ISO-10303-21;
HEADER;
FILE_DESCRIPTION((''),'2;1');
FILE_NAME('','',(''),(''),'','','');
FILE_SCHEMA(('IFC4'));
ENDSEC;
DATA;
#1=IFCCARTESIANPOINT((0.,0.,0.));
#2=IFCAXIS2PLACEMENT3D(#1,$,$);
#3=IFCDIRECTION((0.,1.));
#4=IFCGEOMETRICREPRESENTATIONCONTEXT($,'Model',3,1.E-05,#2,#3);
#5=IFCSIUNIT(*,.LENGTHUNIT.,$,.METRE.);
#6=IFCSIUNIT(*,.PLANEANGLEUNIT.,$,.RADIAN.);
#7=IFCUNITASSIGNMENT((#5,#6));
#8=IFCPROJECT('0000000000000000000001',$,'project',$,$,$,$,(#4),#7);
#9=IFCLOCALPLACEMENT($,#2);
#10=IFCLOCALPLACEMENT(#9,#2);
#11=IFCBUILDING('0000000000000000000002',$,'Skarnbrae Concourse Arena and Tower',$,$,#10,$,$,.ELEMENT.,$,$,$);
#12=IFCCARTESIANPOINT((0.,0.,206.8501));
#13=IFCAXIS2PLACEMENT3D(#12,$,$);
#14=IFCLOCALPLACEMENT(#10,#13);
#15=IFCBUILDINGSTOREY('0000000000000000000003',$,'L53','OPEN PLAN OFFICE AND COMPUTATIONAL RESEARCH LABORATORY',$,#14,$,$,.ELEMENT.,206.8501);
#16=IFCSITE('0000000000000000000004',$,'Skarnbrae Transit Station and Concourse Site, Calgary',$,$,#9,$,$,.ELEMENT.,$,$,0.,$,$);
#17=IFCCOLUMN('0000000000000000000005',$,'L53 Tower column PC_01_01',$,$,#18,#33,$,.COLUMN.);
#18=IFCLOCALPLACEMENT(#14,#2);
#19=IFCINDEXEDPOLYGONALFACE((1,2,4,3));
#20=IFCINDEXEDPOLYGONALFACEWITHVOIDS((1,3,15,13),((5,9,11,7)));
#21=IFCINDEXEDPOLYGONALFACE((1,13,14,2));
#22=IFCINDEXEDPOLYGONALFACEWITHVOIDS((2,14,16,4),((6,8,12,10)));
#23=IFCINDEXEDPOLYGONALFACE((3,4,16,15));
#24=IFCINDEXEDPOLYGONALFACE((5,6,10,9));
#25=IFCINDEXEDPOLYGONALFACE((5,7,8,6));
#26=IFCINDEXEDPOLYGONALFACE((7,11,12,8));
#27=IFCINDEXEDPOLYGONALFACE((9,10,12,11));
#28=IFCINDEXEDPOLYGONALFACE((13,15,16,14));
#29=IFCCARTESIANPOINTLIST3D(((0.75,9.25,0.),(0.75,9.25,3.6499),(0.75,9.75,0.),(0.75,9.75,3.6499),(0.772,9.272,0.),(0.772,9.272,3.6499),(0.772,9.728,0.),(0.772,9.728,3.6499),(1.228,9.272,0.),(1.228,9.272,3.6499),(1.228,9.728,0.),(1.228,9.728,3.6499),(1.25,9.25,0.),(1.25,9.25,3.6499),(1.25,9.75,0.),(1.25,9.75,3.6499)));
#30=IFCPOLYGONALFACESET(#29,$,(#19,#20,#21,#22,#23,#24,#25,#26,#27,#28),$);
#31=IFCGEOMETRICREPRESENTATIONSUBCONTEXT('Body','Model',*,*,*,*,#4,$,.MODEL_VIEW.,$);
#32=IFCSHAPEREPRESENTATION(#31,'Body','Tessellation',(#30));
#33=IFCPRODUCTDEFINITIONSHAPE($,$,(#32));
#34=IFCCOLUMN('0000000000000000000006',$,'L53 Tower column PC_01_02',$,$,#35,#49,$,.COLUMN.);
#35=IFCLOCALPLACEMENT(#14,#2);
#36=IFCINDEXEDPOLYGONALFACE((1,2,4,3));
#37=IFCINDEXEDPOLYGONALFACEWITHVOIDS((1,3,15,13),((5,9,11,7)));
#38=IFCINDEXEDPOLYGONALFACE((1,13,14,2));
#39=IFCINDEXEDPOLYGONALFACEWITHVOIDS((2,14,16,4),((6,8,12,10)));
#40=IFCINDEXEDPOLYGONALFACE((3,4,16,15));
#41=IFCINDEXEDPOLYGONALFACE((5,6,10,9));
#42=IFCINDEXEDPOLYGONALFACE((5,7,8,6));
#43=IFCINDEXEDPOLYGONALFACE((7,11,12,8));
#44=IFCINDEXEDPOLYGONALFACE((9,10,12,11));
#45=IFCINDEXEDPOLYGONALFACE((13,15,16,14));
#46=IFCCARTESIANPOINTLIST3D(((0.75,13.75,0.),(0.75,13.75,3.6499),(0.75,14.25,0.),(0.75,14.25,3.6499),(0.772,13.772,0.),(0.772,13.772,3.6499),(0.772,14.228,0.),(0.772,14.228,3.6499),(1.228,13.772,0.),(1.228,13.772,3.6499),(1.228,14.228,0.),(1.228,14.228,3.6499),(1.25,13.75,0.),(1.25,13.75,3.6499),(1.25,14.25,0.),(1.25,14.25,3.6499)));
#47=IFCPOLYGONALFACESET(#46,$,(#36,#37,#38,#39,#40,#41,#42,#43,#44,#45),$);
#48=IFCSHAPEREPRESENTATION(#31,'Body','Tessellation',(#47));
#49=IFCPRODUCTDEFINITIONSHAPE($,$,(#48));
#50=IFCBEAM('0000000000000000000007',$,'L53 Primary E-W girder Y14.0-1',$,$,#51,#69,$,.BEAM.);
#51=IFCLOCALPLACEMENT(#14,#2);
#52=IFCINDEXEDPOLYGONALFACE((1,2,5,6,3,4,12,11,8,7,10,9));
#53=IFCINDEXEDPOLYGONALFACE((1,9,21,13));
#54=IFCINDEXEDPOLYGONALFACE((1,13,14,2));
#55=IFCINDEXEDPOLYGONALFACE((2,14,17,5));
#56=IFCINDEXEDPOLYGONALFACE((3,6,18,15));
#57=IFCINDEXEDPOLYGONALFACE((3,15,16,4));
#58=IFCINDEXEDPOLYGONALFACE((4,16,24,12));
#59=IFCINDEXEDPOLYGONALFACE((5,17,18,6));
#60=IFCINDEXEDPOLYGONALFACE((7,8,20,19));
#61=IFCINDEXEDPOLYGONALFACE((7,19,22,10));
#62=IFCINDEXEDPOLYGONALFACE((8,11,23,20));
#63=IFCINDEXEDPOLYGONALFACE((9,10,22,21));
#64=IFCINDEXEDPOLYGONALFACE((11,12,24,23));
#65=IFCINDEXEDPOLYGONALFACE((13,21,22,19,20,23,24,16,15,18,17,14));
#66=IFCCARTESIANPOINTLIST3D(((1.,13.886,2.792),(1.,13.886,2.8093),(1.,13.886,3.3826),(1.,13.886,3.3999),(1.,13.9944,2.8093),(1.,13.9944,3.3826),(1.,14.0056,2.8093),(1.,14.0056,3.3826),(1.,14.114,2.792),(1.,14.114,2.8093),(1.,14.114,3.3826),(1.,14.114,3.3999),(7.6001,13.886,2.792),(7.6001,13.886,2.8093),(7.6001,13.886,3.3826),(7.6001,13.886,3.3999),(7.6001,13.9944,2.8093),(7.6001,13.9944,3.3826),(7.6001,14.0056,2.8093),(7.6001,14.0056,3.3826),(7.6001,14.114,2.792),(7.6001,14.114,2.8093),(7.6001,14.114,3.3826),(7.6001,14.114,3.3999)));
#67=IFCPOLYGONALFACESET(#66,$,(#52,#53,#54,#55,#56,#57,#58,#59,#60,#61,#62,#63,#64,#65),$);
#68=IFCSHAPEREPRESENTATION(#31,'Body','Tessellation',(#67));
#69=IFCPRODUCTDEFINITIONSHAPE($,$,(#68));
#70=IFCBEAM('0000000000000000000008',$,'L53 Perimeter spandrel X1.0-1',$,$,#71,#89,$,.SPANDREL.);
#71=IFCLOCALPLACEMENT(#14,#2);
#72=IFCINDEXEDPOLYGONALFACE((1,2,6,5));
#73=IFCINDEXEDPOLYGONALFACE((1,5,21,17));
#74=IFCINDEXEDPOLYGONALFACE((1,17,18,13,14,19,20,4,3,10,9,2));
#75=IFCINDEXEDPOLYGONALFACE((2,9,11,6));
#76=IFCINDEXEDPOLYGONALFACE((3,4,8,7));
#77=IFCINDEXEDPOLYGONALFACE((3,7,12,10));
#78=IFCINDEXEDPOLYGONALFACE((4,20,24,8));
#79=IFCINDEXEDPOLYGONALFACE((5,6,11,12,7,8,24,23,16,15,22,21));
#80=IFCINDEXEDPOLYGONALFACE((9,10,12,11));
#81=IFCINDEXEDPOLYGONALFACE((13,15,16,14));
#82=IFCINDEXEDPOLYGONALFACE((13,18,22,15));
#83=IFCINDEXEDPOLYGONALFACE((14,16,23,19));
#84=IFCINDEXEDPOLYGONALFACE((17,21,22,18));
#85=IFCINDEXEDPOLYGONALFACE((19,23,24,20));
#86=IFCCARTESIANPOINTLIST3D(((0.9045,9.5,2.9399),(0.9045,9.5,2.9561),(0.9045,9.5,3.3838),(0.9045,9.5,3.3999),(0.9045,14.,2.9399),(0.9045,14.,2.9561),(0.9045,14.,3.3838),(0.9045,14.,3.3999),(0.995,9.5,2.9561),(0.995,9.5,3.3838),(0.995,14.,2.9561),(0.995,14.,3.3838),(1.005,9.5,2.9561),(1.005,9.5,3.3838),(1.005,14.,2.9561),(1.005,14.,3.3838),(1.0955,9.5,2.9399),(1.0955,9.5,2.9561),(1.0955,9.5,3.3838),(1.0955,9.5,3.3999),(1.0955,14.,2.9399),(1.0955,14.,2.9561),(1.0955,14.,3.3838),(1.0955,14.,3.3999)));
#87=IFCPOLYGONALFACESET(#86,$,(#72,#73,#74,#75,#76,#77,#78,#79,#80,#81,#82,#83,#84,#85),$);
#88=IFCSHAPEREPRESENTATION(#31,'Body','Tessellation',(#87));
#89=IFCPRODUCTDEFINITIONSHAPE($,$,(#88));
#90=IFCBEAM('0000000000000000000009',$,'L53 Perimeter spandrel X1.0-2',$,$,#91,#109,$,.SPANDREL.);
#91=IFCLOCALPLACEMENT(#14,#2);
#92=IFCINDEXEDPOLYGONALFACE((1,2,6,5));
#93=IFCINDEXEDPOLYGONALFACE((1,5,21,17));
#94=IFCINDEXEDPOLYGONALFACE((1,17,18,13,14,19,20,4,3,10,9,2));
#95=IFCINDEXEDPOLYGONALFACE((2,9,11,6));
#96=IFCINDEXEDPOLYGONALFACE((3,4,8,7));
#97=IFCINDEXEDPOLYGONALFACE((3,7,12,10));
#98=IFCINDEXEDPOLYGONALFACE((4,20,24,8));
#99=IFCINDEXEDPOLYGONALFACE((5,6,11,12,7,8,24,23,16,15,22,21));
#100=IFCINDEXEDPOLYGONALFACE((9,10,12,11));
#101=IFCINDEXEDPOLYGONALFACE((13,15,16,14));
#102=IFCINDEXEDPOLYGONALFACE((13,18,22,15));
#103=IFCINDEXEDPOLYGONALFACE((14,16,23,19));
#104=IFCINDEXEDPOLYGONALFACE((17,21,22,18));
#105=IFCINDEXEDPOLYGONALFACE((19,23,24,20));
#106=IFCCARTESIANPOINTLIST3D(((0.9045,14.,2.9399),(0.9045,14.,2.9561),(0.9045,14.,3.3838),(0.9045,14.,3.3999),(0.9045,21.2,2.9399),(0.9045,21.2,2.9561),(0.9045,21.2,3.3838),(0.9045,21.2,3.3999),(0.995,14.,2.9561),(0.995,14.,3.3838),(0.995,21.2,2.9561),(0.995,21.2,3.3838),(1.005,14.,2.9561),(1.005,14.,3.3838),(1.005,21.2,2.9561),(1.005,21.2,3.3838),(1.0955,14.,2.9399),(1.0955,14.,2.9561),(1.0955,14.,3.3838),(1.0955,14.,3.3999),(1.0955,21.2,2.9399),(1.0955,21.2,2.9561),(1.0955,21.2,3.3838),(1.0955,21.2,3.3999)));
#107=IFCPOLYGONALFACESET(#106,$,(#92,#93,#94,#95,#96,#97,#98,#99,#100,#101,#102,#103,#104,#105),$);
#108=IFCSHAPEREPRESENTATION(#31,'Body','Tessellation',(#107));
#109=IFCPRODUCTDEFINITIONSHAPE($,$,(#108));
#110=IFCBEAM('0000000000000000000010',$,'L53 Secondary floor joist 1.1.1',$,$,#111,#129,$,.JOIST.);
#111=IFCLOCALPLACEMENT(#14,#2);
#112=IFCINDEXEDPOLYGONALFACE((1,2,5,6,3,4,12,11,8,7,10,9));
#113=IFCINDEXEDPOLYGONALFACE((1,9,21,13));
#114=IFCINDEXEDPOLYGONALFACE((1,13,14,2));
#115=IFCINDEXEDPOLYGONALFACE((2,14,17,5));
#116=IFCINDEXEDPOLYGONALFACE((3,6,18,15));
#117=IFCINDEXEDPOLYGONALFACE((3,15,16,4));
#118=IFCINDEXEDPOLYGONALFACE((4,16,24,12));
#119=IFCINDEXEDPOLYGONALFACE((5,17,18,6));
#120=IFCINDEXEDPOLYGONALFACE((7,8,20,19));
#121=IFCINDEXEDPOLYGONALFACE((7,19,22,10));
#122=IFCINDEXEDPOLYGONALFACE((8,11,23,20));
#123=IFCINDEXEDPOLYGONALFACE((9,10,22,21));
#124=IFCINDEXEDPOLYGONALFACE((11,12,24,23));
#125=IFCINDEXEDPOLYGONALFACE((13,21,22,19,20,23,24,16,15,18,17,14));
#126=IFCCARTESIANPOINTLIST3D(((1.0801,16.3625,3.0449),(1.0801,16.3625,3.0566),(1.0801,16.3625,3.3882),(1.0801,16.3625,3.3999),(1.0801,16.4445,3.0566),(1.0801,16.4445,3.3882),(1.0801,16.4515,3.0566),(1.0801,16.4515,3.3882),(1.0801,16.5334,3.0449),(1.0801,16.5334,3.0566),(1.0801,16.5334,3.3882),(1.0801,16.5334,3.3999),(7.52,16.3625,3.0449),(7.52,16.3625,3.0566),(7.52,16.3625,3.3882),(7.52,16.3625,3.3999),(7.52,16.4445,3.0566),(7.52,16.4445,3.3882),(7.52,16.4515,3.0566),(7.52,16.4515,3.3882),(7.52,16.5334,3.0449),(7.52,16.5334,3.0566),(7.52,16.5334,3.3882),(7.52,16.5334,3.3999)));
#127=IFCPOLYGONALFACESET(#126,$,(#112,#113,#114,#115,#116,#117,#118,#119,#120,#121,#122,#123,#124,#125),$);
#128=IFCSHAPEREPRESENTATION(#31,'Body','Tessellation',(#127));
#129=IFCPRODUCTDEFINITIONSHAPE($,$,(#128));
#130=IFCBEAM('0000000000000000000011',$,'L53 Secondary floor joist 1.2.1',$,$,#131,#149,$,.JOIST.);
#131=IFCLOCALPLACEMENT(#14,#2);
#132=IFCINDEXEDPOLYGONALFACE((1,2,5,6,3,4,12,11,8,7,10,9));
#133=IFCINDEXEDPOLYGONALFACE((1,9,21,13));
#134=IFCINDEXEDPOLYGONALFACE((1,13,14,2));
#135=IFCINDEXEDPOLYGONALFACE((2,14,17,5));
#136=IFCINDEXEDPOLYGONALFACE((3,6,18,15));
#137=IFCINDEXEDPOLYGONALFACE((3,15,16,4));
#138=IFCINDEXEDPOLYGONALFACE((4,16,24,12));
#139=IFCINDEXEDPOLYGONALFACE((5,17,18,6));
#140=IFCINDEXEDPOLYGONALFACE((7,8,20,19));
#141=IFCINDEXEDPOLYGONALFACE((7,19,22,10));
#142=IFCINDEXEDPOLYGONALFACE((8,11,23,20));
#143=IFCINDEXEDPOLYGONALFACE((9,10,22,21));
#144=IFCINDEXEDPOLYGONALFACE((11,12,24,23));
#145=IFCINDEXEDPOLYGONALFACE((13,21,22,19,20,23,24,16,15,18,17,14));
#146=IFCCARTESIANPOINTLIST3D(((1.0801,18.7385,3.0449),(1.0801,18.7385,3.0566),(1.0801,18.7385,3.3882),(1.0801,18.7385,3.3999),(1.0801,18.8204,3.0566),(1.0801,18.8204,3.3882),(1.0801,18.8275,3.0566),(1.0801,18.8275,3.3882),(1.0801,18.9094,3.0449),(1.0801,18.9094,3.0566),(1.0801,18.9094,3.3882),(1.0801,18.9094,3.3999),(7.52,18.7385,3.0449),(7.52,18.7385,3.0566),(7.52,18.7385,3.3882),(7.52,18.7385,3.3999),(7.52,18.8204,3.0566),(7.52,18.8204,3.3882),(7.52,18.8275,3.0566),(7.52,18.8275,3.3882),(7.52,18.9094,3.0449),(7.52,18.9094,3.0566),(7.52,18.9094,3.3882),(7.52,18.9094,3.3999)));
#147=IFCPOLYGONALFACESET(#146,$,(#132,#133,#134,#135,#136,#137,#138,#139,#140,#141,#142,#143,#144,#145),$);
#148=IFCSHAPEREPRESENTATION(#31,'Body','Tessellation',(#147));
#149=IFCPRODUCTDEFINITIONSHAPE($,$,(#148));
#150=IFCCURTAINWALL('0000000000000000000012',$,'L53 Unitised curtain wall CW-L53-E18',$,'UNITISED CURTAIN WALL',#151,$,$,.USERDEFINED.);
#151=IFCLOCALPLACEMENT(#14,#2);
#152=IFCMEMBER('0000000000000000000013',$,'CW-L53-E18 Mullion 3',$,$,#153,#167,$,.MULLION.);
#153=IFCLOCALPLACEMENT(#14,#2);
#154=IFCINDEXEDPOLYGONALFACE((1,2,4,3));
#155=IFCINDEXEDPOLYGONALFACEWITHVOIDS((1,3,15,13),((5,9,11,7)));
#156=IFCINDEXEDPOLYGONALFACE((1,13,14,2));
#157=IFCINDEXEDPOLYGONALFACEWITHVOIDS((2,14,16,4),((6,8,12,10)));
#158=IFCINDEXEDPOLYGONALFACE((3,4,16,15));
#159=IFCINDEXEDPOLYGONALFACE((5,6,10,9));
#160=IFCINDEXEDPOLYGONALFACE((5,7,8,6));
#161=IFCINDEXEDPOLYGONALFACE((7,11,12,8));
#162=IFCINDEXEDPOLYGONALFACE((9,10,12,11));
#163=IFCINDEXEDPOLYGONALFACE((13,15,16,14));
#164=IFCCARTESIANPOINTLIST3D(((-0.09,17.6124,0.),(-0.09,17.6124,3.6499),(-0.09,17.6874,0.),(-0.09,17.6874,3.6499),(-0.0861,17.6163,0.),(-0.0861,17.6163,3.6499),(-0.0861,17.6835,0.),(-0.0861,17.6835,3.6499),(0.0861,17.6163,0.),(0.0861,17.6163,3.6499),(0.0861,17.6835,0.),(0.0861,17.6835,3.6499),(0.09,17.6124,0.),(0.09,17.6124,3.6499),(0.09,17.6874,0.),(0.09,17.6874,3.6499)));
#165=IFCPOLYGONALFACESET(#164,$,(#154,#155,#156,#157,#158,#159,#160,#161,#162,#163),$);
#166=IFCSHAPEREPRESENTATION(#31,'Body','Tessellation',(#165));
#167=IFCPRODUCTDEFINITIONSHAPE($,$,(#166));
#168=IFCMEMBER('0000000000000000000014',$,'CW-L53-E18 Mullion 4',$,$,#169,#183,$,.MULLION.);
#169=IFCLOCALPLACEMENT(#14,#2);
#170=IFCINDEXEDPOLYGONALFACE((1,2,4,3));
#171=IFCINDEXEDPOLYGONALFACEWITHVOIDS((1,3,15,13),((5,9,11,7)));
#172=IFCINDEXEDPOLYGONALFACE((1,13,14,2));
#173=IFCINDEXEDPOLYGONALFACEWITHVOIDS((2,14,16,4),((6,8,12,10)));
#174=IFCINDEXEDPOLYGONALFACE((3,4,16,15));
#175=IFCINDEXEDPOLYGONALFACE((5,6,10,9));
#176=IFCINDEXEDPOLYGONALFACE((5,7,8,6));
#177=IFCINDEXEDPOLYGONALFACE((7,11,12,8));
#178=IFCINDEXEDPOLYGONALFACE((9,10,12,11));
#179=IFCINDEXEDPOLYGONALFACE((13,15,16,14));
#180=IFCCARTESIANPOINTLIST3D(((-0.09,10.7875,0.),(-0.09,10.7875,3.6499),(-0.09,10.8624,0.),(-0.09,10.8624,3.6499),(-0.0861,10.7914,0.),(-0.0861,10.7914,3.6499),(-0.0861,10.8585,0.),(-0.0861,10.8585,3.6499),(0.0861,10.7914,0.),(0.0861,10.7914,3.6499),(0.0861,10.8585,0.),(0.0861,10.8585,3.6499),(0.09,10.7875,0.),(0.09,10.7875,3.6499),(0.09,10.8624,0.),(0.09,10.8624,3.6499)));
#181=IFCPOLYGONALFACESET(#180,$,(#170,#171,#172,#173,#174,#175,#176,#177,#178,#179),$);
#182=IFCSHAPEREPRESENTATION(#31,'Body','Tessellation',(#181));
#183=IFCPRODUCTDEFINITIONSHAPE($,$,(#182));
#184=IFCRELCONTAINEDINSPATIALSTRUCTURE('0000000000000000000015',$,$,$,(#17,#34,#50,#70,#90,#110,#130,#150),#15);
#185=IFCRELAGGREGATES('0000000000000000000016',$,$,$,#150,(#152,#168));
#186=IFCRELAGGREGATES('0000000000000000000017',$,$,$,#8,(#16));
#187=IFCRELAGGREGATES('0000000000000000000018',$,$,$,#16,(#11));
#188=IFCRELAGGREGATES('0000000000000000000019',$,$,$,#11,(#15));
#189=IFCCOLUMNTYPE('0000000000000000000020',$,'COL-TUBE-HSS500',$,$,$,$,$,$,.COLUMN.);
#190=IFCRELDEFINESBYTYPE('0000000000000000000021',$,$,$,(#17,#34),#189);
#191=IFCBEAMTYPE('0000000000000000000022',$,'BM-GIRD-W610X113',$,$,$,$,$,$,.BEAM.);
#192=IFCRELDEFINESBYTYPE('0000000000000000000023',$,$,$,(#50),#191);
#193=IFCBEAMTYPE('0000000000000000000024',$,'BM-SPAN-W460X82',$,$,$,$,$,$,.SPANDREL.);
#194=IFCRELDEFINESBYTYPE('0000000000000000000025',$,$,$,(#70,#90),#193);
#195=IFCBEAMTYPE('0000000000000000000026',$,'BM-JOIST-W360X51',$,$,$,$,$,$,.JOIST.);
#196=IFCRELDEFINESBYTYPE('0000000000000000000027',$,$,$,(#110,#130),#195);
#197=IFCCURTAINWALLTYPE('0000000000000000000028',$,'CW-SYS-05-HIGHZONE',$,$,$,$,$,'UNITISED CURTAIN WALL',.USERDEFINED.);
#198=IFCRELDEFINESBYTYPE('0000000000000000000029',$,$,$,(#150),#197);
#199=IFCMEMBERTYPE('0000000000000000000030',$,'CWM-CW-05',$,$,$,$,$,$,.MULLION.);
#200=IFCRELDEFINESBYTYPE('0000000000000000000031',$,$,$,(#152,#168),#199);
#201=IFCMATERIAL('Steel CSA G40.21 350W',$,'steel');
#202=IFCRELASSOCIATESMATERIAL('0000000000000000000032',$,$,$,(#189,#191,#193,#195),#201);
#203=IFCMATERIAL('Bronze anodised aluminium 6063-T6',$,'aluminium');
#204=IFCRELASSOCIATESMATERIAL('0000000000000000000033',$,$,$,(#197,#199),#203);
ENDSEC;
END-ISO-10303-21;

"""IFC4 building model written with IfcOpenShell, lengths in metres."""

from ifc_helpers import new_model, si_unit, direction, frame, origin, origin_2d, place, context, subcontext, project, spatial, hollow_rectangle, i_section, extrude, source, transform, mapped, material, material_profile, profile_set, type_object, element, aggregate, save


model = new_model("IFC4")

# Units and contexts
model_context = context("Model", 3, precision=1e-05, world=origin(), true_north=direction((0.0, 1.0)))
body_context = subcontext(model_context, "Body", "Model", "MODEL_VIEW")
ifc_project = project(units=[si_unit("LENGTHUNIT", "METRE"), si_unit("PLANEANGLEUNIT", "RADIAN")], contexts=[model_context])

# Site, building, storey
site_placement = place(None, origin())
site = spatial("IfcSite", under=ifc_project, at=site_placement, Name="Skarnbrae Transit Station and Concourse Site, Calgary", CompositionType="ELEMENT", RefElevation=0.0)
building_placement = place(site_placement, origin())
building = spatial("IfcBuilding", under=site, at=building_placement, Name="Skarnbrae Concourse Arena and Tower", CompositionType="ELEMENT")
storey_placement = place(building_placement, frame((0.0, 0.0, 206.8501)))
storey = spatial("IfcBuildingStorey", under=building, at=storey_placement, Name="L53", Description="OPEN PLAN OFFICE AND COMPUTATIONAL RESEARCH LABORATORY", CompositionType="ELEMENT", Elevation=206.8501)

# Columns
ifc_material_1 = material(Name="Steel CSA G40.21 350W", Category="steel")
ifc_material_profile_1 = material_profile(ifc_material_1, hollow_rectangle(XDim=0.5, YDim=0.5, WallThickness=0.022, at=origin_2d()), Name="HSS500X500X22.0")
ifc_profile_set_1 = profile_set([ifc_material_profile_1], Name="Steel CSA G40.21 350W")
column_type = type_object("IfcColumnType", Name="COL-TUBE-HSS500", PredefinedType="COLUMN", material=ifc_profile_set_1)
shared_shape_1 = source(origin(), body_context, "Body", "SweptSolid", [
    extrude(hollow_rectangle(XDim=0.5, YDim=0.5, WallThickness=0.022, at=origin_2d()), origin(), (0.0, 0.0, 1.0), 3.6499),
])
for number, where, z_axis, x_axis, name in (
    (1, (1.0, 9.5, 0.0), (0.0, 0.0, 1.0), (1.0, 0.0, 0.0), "L53 Tower column PC_01_01"),
    (2, (1.0, 14.0, 0.0), (0.0, 0.0, 1.0), (1.0, 0.0, 0.0), "L53 Tower column PC_01_02"),
):
    element("IfcColumn", number, at=place(storey_placement, frame(where, z_axis=z_axis, x_axis=x_axis)), inside=storey, type_object=column_type, Name=name, PredefinedType="COLUMN", context=body_context, shape_type="MappedRepresentation", body=[
        mapped(shared_shape_1, transform((0.0, 0.0, 0.0))),
    ])

# Beams
ifc_material_profile_2 = material_profile(ifc_material_1, i_section(OverallWidth=0.228, OverallDepth=0.6079, WebThickness=0.0112, FlangeThickness=0.0173, at=origin_2d()), Name="W610X113")
ifc_profile_set_2 = profile_set([ifc_material_profile_2], Name="Steel CSA G40.21 350W")
beam_type_1 = type_object("IfcBeamType", Name="BM-GIRD-W610X113", PredefinedType="BEAM", material=ifc_profile_set_2)
shared_shape_2 = source(origin(), body_context, "Body", "SweptSolid", [
    extrude(i_section(OverallWidth=0.228, OverallDepth=0.6079, WebThickness=0.0112, FlangeThickness=0.0173, at=origin_2d()), origin(), (0.0, 0.0, 1.0), 6.6001),
])
beam_1_placement = place(storey_placement, frame((1.0, 14.0, 3.0959), z_axis=(1.0, 0.0, 0.0), x_axis=(0.0, 1.0, 0.0)))
element("IfcBeam", 3, at=beam_1_placement, inside=storey, type_object=beam_type_1, Name="L53 Primary E-W girder Y14.0-1", PredefinedType="BEAM", context=body_context, shape_type="MappedRepresentation", body=[
    mapped(shared_shape_2, transform((0.0, 0.0, 0.0))),
])
ifc_material_profile_3 = material_profile(ifc_material_1, i_section(OverallWidth=0.1909, OverallDepth=0.46, WebThickness=0.01, FlangeThickness=0.0161, at=origin_2d()), Name="W460X82")
ifc_profile_set_3 = profile_set([ifc_material_profile_3], Name="Steel CSA G40.21 350W")
beam_type_2 = type_object("IfcBeamType", Name="BM-SPAN-W460X82", PredefinedType="SPANDREL", material=ifc_profile_set_3)
shared_shape_3 = source(origin(), body_context, "Body", "SweptSolid", [
    extrude(i_section(OverallWidth=0.1909, OverallDepth=0.46, WebThickness=0.01, FlangeThickness=0.0161, at=origin_2d()), origin(), (0.0, 0.0, 1.0), 4.5),
])
beam_2_placement = place(storey_placement, frame((1.0, 9.5, 3.1699), z_axis=(0.0, 1.0, 0.0), x_axis=(-1.0, 0.0, 0.0)))
element("IfcBeam", 4, at=beam_2_placement, inside=storey, type_object=beam_type_2, Name="L53 Perimeter spandrel X1.0-1", PredefinedType="SPANDREL", context=body_context, shape_type="MappedRepresentation", body=[
    mapped(shared_shape_3, transform((0.0, 0.0, 0.0))),
])
shared_shape_4 = source(origin(), body_context, "Body", "SweptSolid", [
    extrude(i_section(OverallWidth=0.1909, OverallDepth=0.46, WebThickness=0.01, FlangeThickness=0.0161, at=origin_2d()), origin(), (0.0, 0.0, 1.0), 7.2),
])
beam_3_placement = place(storey_placement, frame((1.0, 14.0, 3.1699), z_axis=(0.0, 1.0, 0.0), x_axis=(-1.0, 0.0, 0.0)))
element("IfcBeam", 5, at=beam_3_placement, inside=storey, type_object=beam_type_2, Name="L53 Perimeter spandrel X1.0-2", PredefinedType="SPANDREL", context=body_context, shape_type="MappedRepresentation", body=[
    mapped(shared_shape_4, transform((0.0, 0.0, 0.0))),
])
ifc_material_profile_4 = material_profile(ifc_material_1, i_section(OverallWidth=0.1709, OverallDepth=0.355, WebThickness=0.0071, FlangeThickness=0.0117, at=origin_2d()), Name="W360X51")
ifc_profile_set_4 = profile_set([ifc_material_profile_4], Name="Steel CSA G40.21 350W")
beam_type_3 = type_object("IfcBeamType", Name="BM-JOIST-W360X51", PredefinedType="JOIST", material=ifc_profile_set_4)
shared_shape_5 = source(origin(), body_context, "Body", "SweptSolid", [
    extrude(i_section(OverallWidth=0.1709, OverallDepth=0.355, WebThickness=0.0071, FlangeThickness=0.0117, at=origin_2d()), origin(), (0.0, 0.0, 1.0), 6.4399),
])
for number, where, z_axis, x_axis, name in (
    (6, (1.0801, 16.448, 3.2224), (1.0, 0.0, 0.0), (0.0, 1.0, 0.0), "L53 Secondary floor joist 1.1.1"),
    (7, (1.0801, 18.824, 3.2224), (1.0, 0.0, 0.0), (0.0, 1.0, 0.0), "L53 Secondary floor joist 1.2.1"),
):
    element("IfcBeam", number, at=place(storey_placement, frame(where, z_axis=z_axis, x_axis=x_axis)), inside=storey, type_object=beam_type_3, Name=name, PredefinedType="JOIST", context=body_context, shape_type="MappedRepresentation", body=[
        mapped(shared_shape_5, transform((0.0, 0.0, 0.0))),
    ])

# Curtain wall, members
ifc_material_2 = material(Name="Bronze anodised aluminium 6063-T6", Category="aluminium")
curtain_wall_type = type_object("IfcCurtainWallType", Name="CW-SYS-05-HIGHZONE", ElementType="UNITISED CURTAIN WALL", PredefinedType="USERDEFINED", material=ifc_material_2)
curtain_wall_placement = place(storey_placement, origin())
curtain_wall = element("IfcCurtainWall", 8, at=curtain_wall_placement, inside=storey, type_object=curtain_wall_type, Name="L53 Unitised curtain wall CW-L53-E18", ObjectType="UNITISED CURTAIN WALL", PredefinedType="USERDEFINED")
ifc_material_profile_5 = material_profile(ifc_material_2, hollow_rectangle(XDim=0.075, YDim=0.1799, WallThickness=0.0039, at=origin_2d()), Name="ALU-MULL-75X180")
ifc_profile_set_5 = profile_set([ifc_material_profile_5], Name="Bronze anodised aluminium 6063-T6")
member_type_1 = type_object("IfcMemberType", Name="CWM-CW-05", PredefinedType="MULLION", material=ifc_profile_set_5)
shared_shape_6 = source(origin(), body_context, "Body", "SweptSolid", [
    extrude(hollow_rectangle(XDim=0.075, YDim=0.1799, WallThickness=0.0039, at=origin_2d()), origin(), (0.0, 0.0, 1.0), 3.6499),
])
member_1_placement = place(storey_placement, frame((0.0, 17.6499, 0.0), z_axis=(0.0, 0.0, 1.0), x_axis=(0.0, -1.0, 0.0)))
member_1 = element("IfcMember", 9, at=member_1_placement, type_object=member_type_1, Name="CW-L53-E18 Mullion 3", PredefinedType="MULLION", context=body_context, shape_type="MappedRepresentation", body=[
    mapped(shared_shape_6, transform((0.0, 0.0, 0.0))),
])
member_2_placement = place(storey_placement, frame((0.0, 10.825, 0.0), z_axis=(0.0, 0.0, 1.0), x_axis=(0.0, -1.0, 0.0)))
member_2 = element("IfcMember", 10, at=member_2_placement, type_object=member_type_1, Name="CW-L53-E18 Mullion 4", PredefinedType="MULLION", context=body_context, shape_type="MappedRepresentation", body=[
    mapped(shared_shape_6, transform((0.0, 0.0, 0.0))),
])
aggregate(curtain_wall, [member_1, member_2])

save(model, "model.ifc")
